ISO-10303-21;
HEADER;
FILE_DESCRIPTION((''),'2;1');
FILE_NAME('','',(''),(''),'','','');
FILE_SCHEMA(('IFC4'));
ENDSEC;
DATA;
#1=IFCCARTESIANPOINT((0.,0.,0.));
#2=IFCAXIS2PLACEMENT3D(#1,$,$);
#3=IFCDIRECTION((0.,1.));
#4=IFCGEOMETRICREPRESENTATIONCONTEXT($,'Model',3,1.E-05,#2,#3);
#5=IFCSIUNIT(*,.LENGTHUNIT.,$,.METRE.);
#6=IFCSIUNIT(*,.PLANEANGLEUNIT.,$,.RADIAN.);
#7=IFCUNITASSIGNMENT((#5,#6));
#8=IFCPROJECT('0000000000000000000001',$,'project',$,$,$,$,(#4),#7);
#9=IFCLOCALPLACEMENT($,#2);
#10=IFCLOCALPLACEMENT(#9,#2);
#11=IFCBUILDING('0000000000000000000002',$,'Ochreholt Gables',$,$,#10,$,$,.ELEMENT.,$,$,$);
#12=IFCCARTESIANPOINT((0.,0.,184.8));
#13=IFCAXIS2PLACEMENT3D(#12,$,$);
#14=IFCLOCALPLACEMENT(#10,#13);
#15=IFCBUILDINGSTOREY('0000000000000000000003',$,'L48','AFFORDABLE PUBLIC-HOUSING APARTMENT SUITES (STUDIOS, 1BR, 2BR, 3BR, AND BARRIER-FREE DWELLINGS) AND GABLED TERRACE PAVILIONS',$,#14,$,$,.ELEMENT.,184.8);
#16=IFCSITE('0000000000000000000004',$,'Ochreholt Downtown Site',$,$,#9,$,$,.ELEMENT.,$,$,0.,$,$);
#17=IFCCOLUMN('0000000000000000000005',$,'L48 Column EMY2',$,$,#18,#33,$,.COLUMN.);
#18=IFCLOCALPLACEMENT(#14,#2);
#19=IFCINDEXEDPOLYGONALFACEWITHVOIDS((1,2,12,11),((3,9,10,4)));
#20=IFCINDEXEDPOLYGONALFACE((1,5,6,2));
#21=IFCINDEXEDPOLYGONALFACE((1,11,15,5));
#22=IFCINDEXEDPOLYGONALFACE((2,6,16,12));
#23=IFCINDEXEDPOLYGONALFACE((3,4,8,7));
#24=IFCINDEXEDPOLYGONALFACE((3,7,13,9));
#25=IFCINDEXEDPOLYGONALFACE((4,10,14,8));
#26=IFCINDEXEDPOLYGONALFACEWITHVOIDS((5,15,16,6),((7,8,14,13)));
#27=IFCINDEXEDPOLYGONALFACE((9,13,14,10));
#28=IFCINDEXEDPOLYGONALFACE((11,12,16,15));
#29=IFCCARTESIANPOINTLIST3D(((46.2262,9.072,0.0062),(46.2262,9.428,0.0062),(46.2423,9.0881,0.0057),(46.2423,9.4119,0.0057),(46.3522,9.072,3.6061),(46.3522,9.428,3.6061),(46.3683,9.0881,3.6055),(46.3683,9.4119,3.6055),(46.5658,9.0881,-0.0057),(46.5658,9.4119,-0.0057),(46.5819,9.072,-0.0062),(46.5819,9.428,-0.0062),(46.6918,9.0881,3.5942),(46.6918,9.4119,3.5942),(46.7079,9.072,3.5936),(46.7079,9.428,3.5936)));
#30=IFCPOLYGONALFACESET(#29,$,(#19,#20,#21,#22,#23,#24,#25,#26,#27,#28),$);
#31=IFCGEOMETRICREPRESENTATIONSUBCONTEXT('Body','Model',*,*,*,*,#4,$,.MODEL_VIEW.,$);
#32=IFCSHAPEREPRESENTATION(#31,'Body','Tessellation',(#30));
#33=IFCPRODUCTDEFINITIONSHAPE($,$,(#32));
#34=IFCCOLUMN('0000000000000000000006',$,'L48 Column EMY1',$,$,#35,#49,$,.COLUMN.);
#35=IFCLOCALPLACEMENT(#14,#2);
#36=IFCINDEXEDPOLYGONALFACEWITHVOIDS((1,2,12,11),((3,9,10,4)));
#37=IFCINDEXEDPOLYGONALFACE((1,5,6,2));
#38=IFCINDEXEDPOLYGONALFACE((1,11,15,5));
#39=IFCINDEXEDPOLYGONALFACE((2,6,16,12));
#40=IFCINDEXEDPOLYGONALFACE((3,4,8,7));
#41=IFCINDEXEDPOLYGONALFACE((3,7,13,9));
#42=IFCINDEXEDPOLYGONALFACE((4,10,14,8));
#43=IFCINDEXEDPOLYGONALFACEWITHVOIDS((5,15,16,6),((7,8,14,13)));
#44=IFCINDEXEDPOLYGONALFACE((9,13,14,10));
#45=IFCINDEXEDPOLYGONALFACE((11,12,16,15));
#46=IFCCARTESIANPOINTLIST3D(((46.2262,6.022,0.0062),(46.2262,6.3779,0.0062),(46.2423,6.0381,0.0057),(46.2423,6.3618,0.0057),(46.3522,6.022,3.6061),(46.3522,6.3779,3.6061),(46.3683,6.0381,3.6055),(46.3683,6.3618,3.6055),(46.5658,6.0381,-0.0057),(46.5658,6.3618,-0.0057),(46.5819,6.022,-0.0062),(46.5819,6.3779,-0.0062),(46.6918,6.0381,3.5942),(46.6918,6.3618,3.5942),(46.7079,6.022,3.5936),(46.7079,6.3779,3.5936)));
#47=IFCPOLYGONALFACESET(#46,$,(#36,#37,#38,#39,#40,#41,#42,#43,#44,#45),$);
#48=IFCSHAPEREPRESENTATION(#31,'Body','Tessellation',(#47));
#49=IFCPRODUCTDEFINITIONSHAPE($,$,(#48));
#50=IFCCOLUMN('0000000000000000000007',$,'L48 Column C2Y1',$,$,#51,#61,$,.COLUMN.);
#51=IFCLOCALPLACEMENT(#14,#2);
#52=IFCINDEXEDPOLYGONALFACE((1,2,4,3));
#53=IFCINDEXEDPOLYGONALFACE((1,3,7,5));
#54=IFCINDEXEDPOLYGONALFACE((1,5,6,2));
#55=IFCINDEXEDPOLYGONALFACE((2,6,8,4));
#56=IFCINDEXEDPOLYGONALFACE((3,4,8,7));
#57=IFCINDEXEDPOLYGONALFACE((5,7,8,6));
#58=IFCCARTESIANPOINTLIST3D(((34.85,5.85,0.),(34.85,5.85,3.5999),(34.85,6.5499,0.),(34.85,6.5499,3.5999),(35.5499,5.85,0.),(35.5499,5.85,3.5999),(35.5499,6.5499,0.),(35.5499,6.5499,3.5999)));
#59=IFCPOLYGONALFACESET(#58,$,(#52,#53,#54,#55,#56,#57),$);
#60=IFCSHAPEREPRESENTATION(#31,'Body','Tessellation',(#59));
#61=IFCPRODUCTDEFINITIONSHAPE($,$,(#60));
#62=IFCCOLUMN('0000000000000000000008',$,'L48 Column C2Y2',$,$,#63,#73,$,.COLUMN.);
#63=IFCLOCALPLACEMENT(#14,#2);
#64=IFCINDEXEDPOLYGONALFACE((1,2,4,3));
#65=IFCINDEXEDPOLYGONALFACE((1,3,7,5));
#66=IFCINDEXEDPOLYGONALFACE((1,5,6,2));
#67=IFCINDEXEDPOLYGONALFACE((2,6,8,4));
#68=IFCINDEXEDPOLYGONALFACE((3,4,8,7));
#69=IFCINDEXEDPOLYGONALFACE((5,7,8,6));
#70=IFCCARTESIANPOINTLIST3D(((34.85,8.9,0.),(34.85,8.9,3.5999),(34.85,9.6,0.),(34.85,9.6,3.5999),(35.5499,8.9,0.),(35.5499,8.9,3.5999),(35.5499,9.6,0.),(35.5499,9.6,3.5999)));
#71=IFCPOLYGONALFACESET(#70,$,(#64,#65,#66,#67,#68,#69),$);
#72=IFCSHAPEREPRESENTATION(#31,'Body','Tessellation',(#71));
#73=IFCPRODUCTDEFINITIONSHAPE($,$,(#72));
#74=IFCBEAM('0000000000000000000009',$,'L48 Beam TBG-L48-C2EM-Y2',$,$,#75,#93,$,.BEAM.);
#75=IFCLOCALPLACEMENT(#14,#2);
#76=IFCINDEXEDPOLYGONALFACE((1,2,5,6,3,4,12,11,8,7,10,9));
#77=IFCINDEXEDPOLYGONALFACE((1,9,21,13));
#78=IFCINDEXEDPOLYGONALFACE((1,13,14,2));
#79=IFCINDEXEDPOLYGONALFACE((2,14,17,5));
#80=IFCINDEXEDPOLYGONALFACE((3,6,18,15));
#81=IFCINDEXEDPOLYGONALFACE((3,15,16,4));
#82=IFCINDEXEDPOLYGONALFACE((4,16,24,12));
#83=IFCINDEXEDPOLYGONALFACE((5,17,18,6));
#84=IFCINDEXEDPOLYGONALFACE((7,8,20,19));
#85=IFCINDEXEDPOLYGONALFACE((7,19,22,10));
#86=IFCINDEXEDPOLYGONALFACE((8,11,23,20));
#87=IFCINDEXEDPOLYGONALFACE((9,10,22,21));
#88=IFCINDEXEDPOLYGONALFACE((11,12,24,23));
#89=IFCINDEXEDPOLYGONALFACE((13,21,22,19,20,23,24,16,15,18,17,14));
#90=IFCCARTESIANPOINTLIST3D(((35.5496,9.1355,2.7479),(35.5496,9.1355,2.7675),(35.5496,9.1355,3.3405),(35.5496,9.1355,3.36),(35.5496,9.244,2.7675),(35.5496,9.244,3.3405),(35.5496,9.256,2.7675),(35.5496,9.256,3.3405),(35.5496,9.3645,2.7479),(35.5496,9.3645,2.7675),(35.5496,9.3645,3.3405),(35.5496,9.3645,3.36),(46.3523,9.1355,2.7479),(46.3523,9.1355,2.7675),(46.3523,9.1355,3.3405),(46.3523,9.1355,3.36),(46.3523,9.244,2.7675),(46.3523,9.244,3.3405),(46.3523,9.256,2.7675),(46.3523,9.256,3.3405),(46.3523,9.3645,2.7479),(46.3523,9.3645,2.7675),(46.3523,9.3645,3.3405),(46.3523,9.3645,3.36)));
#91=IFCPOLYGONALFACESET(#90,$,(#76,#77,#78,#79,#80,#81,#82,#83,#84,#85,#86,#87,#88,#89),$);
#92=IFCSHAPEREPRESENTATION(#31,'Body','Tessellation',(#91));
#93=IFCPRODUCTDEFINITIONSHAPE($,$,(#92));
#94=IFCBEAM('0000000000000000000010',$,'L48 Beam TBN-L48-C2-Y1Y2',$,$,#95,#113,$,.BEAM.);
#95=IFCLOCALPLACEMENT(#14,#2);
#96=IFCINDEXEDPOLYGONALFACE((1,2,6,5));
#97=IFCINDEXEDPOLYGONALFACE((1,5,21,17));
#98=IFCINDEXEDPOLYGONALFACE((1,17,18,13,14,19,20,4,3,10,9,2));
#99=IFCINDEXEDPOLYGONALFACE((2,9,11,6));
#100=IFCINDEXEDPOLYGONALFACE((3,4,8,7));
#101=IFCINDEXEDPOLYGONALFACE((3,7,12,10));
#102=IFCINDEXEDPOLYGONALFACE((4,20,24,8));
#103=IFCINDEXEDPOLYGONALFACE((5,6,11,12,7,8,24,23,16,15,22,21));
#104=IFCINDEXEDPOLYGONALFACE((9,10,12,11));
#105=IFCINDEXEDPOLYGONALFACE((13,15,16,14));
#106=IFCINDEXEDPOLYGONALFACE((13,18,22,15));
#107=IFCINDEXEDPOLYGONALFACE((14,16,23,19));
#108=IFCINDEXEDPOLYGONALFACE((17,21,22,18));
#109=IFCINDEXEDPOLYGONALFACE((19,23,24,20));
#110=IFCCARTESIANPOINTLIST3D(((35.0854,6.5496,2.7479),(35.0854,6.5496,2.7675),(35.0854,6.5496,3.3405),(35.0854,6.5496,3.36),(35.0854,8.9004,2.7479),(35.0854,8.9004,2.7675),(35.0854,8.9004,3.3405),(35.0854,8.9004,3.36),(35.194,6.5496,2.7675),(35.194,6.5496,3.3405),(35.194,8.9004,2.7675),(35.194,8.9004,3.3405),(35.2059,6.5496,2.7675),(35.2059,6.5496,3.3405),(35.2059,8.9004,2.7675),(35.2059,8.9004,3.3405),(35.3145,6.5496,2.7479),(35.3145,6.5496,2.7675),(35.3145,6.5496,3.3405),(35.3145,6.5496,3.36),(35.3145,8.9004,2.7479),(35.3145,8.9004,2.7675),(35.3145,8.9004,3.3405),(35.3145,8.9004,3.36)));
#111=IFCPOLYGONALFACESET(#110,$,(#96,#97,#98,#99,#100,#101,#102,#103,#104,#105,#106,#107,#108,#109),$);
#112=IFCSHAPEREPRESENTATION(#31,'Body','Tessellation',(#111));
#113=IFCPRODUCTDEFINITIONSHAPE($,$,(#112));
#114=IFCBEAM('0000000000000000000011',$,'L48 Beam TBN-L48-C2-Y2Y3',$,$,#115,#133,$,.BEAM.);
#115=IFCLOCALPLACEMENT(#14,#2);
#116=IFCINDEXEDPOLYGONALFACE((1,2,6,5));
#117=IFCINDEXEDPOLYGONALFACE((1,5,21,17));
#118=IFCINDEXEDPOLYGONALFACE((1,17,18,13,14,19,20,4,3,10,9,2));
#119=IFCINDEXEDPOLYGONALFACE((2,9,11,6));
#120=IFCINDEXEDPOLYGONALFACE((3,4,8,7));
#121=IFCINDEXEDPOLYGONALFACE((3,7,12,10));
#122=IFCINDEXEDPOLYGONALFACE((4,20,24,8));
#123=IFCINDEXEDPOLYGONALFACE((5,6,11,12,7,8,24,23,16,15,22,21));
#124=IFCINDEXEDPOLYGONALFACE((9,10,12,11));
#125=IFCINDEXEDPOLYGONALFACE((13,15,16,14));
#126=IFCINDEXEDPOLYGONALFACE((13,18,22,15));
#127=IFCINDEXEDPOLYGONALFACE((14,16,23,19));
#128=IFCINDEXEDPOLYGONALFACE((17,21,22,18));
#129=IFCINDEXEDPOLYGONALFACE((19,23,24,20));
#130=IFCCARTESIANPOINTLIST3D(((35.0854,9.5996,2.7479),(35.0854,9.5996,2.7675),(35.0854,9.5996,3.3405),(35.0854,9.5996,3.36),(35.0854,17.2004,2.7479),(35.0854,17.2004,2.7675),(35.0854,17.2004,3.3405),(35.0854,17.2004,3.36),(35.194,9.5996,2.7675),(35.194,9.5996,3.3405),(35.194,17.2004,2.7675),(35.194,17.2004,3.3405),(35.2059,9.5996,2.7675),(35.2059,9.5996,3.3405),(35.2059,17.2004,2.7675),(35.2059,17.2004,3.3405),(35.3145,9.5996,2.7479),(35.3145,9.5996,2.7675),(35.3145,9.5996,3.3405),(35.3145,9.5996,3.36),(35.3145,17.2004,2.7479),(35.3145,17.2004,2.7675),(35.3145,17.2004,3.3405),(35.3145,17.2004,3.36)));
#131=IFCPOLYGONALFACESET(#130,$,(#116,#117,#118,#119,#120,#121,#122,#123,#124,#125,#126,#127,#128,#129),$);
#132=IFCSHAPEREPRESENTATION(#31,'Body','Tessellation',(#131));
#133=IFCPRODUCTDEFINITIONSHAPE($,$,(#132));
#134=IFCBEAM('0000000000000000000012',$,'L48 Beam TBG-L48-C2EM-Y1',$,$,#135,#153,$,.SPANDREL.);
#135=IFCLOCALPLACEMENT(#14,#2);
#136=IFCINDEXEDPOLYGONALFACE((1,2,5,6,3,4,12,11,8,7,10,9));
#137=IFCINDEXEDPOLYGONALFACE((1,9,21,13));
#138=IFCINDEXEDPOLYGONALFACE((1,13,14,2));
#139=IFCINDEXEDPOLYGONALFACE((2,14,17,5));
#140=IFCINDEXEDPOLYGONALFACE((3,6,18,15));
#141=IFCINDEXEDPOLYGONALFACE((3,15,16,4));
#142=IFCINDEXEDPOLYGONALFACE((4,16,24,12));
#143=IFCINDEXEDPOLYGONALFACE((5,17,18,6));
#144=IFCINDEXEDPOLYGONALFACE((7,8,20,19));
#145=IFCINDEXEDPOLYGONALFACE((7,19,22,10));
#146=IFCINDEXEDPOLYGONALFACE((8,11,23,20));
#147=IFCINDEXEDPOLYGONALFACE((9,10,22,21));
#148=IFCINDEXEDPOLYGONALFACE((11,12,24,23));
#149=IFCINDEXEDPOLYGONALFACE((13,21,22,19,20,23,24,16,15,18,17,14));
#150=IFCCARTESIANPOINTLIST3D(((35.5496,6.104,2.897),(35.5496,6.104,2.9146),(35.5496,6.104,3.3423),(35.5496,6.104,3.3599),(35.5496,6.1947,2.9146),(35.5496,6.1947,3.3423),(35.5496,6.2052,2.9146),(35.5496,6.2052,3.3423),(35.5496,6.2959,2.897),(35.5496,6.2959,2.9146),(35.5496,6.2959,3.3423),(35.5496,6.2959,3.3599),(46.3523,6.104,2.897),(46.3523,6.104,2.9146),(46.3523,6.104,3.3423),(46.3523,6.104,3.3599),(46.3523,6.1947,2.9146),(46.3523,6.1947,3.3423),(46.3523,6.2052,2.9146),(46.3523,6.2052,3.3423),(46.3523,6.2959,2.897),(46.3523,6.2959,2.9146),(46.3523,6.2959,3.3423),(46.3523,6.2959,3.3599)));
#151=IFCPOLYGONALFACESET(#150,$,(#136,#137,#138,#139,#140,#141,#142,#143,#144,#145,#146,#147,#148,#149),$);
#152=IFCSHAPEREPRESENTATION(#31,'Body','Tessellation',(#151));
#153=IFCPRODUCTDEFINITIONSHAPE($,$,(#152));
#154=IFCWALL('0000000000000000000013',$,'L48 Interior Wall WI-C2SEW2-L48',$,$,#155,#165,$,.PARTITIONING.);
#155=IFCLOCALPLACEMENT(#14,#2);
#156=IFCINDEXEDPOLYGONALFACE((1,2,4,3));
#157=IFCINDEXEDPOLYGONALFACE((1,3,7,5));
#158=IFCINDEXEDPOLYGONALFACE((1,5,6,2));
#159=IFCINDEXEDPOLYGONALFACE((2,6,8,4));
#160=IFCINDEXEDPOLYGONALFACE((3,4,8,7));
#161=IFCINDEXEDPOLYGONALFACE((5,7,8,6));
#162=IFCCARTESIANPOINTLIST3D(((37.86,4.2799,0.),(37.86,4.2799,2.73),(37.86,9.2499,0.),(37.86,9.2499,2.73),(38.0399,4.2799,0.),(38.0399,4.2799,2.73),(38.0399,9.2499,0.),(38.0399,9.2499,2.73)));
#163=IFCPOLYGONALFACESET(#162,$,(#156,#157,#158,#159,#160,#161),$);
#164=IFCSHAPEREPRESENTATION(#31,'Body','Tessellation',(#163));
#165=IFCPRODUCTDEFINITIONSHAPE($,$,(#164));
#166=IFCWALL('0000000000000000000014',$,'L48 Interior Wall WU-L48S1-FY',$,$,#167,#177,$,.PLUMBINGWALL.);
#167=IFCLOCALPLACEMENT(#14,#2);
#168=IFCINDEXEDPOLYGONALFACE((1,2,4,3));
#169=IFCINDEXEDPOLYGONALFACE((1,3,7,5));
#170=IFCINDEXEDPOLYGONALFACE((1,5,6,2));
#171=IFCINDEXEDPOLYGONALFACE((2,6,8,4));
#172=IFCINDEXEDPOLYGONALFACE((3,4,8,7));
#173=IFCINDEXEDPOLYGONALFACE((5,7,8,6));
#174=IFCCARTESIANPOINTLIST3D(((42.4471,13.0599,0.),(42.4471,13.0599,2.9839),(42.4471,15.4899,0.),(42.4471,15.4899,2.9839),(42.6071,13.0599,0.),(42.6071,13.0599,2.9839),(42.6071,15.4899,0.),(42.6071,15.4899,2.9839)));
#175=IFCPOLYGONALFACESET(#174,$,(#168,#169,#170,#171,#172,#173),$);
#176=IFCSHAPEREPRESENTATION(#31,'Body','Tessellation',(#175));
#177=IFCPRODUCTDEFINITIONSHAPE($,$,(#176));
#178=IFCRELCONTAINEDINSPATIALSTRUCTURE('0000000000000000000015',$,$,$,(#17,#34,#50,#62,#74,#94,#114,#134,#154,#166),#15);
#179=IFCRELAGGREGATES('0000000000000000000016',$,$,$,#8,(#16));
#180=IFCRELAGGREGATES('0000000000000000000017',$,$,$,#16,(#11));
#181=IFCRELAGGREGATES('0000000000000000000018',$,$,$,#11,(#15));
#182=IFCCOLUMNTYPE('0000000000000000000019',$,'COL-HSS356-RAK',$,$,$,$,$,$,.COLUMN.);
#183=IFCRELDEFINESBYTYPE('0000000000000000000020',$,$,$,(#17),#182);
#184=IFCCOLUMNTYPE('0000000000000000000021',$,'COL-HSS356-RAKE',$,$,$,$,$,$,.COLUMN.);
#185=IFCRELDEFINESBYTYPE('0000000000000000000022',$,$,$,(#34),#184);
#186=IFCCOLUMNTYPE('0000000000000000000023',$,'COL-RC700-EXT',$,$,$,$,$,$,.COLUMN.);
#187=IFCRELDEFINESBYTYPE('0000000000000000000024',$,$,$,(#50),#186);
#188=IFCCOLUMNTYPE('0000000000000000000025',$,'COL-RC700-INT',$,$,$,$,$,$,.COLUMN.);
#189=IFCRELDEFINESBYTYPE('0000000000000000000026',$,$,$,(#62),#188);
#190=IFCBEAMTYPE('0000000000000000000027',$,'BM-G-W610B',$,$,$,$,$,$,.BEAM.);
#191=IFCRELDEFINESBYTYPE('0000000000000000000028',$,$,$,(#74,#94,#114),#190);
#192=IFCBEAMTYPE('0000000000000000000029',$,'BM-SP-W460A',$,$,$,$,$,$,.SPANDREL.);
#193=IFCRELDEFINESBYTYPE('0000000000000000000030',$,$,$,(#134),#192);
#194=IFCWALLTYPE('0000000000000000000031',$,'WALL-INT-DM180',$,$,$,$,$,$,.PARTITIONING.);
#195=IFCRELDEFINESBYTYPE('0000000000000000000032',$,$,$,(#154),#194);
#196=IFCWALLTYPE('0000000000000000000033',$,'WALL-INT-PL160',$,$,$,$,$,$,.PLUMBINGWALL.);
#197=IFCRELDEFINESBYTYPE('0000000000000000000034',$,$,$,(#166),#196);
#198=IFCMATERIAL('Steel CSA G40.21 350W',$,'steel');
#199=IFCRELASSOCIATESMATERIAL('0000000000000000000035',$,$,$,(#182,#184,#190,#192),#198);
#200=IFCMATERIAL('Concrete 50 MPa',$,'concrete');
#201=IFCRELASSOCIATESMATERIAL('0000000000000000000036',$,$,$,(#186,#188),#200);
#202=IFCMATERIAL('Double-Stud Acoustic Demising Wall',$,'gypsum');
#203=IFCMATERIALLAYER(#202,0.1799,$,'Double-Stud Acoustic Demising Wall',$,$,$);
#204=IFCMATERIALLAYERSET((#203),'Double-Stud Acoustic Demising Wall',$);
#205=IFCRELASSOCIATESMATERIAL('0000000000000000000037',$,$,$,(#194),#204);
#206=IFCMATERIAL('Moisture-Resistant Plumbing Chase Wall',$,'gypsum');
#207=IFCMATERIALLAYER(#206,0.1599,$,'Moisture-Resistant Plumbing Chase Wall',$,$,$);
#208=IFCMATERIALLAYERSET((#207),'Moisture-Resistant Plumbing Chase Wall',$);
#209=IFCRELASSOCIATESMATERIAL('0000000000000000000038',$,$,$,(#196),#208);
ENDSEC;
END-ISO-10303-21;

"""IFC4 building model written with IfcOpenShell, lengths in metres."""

from ifc_helpers import new_model, si_unit, direction, frame, frame_2d, origin, origin_2d, place, context, subcontext, project, spatial, rectangle, hollow_rectangle, i_section, extrude, material, layer, layer_set, material_profile, profile_set, type_object, element, save


model = new_model("IFC4")

# Units and contexts
model_context = context("Model", 3, precision=1e-05, world=origin(), true_north=direction((0.0, 1.0)))
body_context = subcontext(model_context, "Body", "Model", "MODEL_VIEW")
ifc_project = project(units=[si_unit("LENGTHUNIT", "METRE"), si_unit("PLANEANGLEUNIT", "RADIAN")], contexts=[model_context])

# Site, building, storey
site_placement = place(None, origin())
site = spatial("IfcSite", under=ifc_project, at=site_placement, Name="Ochreholt Downtown Site", CompositionType="ELEMENT", RefElevation=0.0)
building_placement = place(site_placement, origin())
building = spatial("IfcBuilding", under=site, at=building_placement, Name="Ochreholt Gables", CompositionType="ELEMENT")
storey_placement = place(building_placement, frame((0.0, 0.0, 184.8)))
storey = spatial("IfcBuildingStorey", under=building, at=storey_placement, Name="L48", Description="AFFORDABLE PUBLIC-HOUSING APARTMENT SUITES (STUDIOS, 1BR, 2BR, 3BR, AND BARRIER-FREE DWELLINGS) AND GABLED TERRACE PAVILIONS", CompositionType="ELEMENT", Elevation=184.8)

# Columns
ifc_material_1 = material(Name="Steel CSA G40.21 350W", Category="steel")
ifc_material_profile_1 = material_profile(ifc_material_1, hollow_rectangle(XDim=0.356, YDim=0.356, WallThickness=0.0161, at=origin_2d()), Name="HSS356X356X16")
ifc_profile_set_1 = profile_set([ifc_material_profile_1], Name="Steel CSA G40.21 350W")
column_type_1 = type_object("IfcColumnType", Name="COL-HSS356-RAK", PredefinedType="COLUMN", material=ifc_profile_set_1)
column_1_placement = place(storey_placement, frame((46.4041, 9.25, 0.0), z_axis=(0.034974, 0.0, 0.999388), x_axis=(0.0, 1.0, 0.0)))
element("IfcColumn", 1, at=column_1_placement, inside=storey, type_object=column_type_1, Name="L48 Column EMY2", PredefinedType="COLUMN", context=body_context, shape_type="SweptSolid", body=[
    extrude(hollow_rectangle(XDim=0.356, YDim=0.356, WallThickness=0.0161, at=origin_2d()), origin(), (0.0, 0.0, 1.0), 3.6021),
])
ifc_material_profile_2 = material_profile(ifc_material_1, hollow_rectangle(XDim=0.356, YDim=0.356, WallThickness=0.0161, at=origin_2d()), Name="HSS356X356X16")
ifc_profile_set_2 = profile_set([ifc_material_profile_2], Name="Steel CSA G40.21 350W")
column_type_2 = type_object("IfcColumnType", Name="COL-HSS356-RAKE", PredefinedType="COLUMN", material=ifc_profile_set_2)
column_2_placement = place(storey_placement, frame((46.4041, 6.2, 0.0), z_axis=(0.034974, 0.0, 0.999388), x_axis=(0.0, 1.0, 0.0)))
element("IfcColumn", 2, at=column_2_placement, inside=storey, type_object=column_type_2, Name="L48 Column EMY1", PredefinedType="COLUMN", context=body_context, shape_type="SweptSolid", body=[
    extrude(hollow_rectangle(XDim=0.356, YDim=0.356, WallThickness=0.0161, at=origin_2d()), origin(), (0.0, 0.0, 1.0), 3.6021),
])
ifc_material_2 = material(Name="Concrete 50 MPa", Category="concrete")
ifc_material_profile_3 = material_profile(ifc_material_2, rectangle(XDim=0.7, YDim=0.7, at=origin_2d()), Name="RC700X700")
ifc_profile_set_3 = profile_set([ifc_material_profile_3], Name="Concrete 50 MPa")
column_type_3 = type_object("IfcColumnType", Name="COL-RC700-EXT", PredefinedType="COLUMN", material=ifc_profile_set_3)
column_3_placement = place(storey_placement, frame((35.2, 6.2, 0.0), z_axis=(0.0, 0.0, 1.0), x_axis=(1.0, 0.0, 0.0)))
element("IfcColumn", 3, at=column_3_placement, inside=storey, type_object=column_type_3, Name="L48 Column C2Y1", PredefinedType="COLUMN", context=body_context, shape_type="SweptSolid", body=[
    extrude(rectangle(XDim=0.7, YDim=0.7, at=origin_2d()), origin(), (0.0, 0.0, 1.0), 3.5999),
])
ifc_material_profile_4 = material_profile(ifc_material_2, rectangle(XDim=0.7, YDim=0.7, at=origin_2d()), Name="RC700X700")
ifc_profile_set_4 = profile_set([ifc_material_profile_4], Name="Concrete 50 MPa")
column_type_4 = type_object("IfcColumnType", Name="COL-RC700-INT", PredefinedType="COLUMN", material=ifc_profile_set_4)
column_4_placement = place(storey_placement, frame((35.2, 9.25, 0.0), z_axis=(0.0, 0.0, 1.0), x_axis=(1.0, 0.0, 0.0)))
element("IfcColumn", 4, at=column_4_placement, inside=storey, type_object=column_type_4, Name="L48 Column C2Y2", PredefinedType="COLUMN", context=body_context, shape_type="SweptSolid", body=[
    extrude(rectangle(XDim=0.7, YDim=0.7, at=origin_2d()), origin(), (0.0, 0.0, 1.0), 3.5999),
])

# Beams
ifc_material_profile_5 = material_profile(ifc_material_1, i_section(OverallWidth=0.229, OverallDepth=0.6121, WebThickness=0.012, FlangeThickness=0.0195, at=origin_2d()), Name="W610X125")
ifc_profile_set_5 = profile_set([ifc_material_profile_5], Name="Steel CSA G40.21 350W")
beam_type_1 = type_object("IfcBeamType", Name="BM-G-W610B", PredefinedType="BEAM", material=ifc_profile_set_5)
beam_1_placement = place(storey_placement, frame((35.5496, 9.25, 3.054), z_axis=(1.0, 0.0, 0.0), x_axis=(0.0, 1.0, 0.0)))
element("IfcBeam", 5, at=beam_1_placement, inside=storey, type_object=beam_type_1, Name="L48 Beam TBG-L48-C2EM-Y2", PredefinedType="BEAM", context=body_context, shape_type="SweptSolid", body=[
    extrude(i_section(OverallWidth=0.229, OverallDepth=0.6121, WebThickness=0.012, FlangeThickness=0.0195, at=origin_2d()), origin(), (0.0, 0.0, 1.0), 10.8027),
])
beam_2_placement = place(storey_placement, frame((35.2, 6.5496, 3.054), z_axis=(0.0, 1.0, 0.0), x_axis=(-1.0, 0.0, 0.0)))
element("IfcBeam", 6, at=beam_2_placement, inside=storey, type_object=beam_type_1, Name="L48 Beam TBN-L48-C2-Y1Y2", PredefinedType="BEAM", context=body_context, shape_type="SweptSolid", body=[
    extrude(i_section(OverallWidth=0.229, OverallDepth=0.6121, WebThickness=0.012, FlangeThickness=0.0195, at=origin_2d()), origin(), (0.0, 0.0, 1.0), 2.3508),
])
beam_3_placement = place(storey_placement, frame((35.2, 9.5996, 3.054), z_axis=(0.0, 1.0, 0.0), x_axis=(-1.0, 0.0, 0.0)))
element("IfcBeam", 7, at=beam_3_placement, inside=storey, type_object=beam_type_1, Name="L48 Beam TBN-L48-C2-Y2Y3", PredefinedType="BEAM", context=body_context, shape_type="SweptSolid", body=[
    extrude(i_section(OverallWidth=0.229, OverallDepth=0.6121, WebThickness=0.012, FlangeThickness=0.0195, at=origin_2d()), origin(), (0.0, 0.0, 1.0), 7.6008),
])
ifc_material_profile_6 = material_profile(ifc_material_1, i_section(OverallWidth=0.1919, OverallDepth=0.4629, WebThickness=0.0105, FlangeThickness=0.0176, at=origin_2d()), Name="W460X89")
ifc_profile_set_6 = profile_set([ifc_material_profile_6], Name="Steel CSA G40.21 350W")
beam_type_2 = type_object("IfcBeamType", Name="BM-SP-W460A", PredefinedType="SPANDREL", material=ifc_profile_set_6)
beam_4_placement = place(storey_placement, frame((35.5496, 6.2, 3.1284), z_axis=(1.0, 0.0, 0.0), x_axis=(0.0, 1.0, 0.0)))
element("IfcBeam", 8, at=beam_4_placement, inside=storey, type_object=beam_type_2, Name="L48 Beam TBG-L48-C2EM-Y1", PredefinedType="SPANDREL", context=body_context, shape_type="SweptSolid", body=[
    extrude(i_section(OverallWidth=0.1919, OverallDepth=0.4629, WebThickness=0.0105, FlangeThickness=0.0176, at=origin_2d()), origin(), (0.0, 0.0, 1.0), 10.8027),
])

# Shared definitions
ifc_material_3 = material(Name="Double-Stud Acoustic Demising Wall", Category="gypsum")
ifc_layer_1 = layer(ifc_material_3, 0.1799, Name="Double-Stud Acoustic Demising Wall")
ifc_layer_set_1 = layer_set([ifc_layer_1], Name="Double-Stud Acoustic Demising Wall")
wall_type_1 = type_object("IfcWallType", Name="WALL-INT-DM180", PredefinedType="PARTITIONING", material=ifc_layer_set_1)

# Wall
wall_1_placement = place(storey_placement, frame((37.95, 4.28, 0.0), z_axis=(0.0, 0.0, 1.0), x_axis=(0.0, 1.0, 0.0)))
element("IfcWall", 9, at=wall_1_placement, inside=storey, type_object=wall_type_1, Name="L48 Interior Wall WI-C2SEW2-L48", PredefinedType="PARTITIONING", context=body_context, shape_type="SweptSolid", body=[
    extrude(rectangle(XDim=4.97, YDim=0.1799, at=frame_2d((2.4849, 0.0))), origin(), (0.0, 0.0, 1.0), 2.73),
])

# Shared definitions
ifc_material_4 = material(Name="Moisture-Resistant Plumbing Chase Wall", Category="gypsum")
ifc_layer_2 = layer(ifc_material_4, 0.1599, Name="Moisture-Resistant Plumbing Chase Wall")
ifc_layer_set_2 = layer_set([ifc_layer_2], Name="Moisture-Resistant Plumbing Chase Wall")
wall_type_2 = type_object("IfcWallType", Name="WALL-INT-PL160", PredefinedType="PLUMBINGWALL", material=ifc_layer_set_2)

# Wall
wall_2_placement = place(storey_placement, frame((42.5271, 13.0601, 0.0), z_axis=(0.0, 0.0, 1.0), x_axis=(0.0, 1.0, 0.0)))
element("IfcWall", 10, at=wall_2_placement, inside=storey, type_object=wall_type_2, Name="L48 Interior Wall WU-L48S1-FY", PredefinedType="PLUMBINGWALL", context=body_context, shape_type="SweptSolid", body=[
    extrude(rectangle(XDim=2.4299, YDim=0.1599, at=frame_2d((1.2148, 0.0))), origin(), (0.0, 0.0, 1.0), 2.9839),
])

save(model, "model.ifc")
